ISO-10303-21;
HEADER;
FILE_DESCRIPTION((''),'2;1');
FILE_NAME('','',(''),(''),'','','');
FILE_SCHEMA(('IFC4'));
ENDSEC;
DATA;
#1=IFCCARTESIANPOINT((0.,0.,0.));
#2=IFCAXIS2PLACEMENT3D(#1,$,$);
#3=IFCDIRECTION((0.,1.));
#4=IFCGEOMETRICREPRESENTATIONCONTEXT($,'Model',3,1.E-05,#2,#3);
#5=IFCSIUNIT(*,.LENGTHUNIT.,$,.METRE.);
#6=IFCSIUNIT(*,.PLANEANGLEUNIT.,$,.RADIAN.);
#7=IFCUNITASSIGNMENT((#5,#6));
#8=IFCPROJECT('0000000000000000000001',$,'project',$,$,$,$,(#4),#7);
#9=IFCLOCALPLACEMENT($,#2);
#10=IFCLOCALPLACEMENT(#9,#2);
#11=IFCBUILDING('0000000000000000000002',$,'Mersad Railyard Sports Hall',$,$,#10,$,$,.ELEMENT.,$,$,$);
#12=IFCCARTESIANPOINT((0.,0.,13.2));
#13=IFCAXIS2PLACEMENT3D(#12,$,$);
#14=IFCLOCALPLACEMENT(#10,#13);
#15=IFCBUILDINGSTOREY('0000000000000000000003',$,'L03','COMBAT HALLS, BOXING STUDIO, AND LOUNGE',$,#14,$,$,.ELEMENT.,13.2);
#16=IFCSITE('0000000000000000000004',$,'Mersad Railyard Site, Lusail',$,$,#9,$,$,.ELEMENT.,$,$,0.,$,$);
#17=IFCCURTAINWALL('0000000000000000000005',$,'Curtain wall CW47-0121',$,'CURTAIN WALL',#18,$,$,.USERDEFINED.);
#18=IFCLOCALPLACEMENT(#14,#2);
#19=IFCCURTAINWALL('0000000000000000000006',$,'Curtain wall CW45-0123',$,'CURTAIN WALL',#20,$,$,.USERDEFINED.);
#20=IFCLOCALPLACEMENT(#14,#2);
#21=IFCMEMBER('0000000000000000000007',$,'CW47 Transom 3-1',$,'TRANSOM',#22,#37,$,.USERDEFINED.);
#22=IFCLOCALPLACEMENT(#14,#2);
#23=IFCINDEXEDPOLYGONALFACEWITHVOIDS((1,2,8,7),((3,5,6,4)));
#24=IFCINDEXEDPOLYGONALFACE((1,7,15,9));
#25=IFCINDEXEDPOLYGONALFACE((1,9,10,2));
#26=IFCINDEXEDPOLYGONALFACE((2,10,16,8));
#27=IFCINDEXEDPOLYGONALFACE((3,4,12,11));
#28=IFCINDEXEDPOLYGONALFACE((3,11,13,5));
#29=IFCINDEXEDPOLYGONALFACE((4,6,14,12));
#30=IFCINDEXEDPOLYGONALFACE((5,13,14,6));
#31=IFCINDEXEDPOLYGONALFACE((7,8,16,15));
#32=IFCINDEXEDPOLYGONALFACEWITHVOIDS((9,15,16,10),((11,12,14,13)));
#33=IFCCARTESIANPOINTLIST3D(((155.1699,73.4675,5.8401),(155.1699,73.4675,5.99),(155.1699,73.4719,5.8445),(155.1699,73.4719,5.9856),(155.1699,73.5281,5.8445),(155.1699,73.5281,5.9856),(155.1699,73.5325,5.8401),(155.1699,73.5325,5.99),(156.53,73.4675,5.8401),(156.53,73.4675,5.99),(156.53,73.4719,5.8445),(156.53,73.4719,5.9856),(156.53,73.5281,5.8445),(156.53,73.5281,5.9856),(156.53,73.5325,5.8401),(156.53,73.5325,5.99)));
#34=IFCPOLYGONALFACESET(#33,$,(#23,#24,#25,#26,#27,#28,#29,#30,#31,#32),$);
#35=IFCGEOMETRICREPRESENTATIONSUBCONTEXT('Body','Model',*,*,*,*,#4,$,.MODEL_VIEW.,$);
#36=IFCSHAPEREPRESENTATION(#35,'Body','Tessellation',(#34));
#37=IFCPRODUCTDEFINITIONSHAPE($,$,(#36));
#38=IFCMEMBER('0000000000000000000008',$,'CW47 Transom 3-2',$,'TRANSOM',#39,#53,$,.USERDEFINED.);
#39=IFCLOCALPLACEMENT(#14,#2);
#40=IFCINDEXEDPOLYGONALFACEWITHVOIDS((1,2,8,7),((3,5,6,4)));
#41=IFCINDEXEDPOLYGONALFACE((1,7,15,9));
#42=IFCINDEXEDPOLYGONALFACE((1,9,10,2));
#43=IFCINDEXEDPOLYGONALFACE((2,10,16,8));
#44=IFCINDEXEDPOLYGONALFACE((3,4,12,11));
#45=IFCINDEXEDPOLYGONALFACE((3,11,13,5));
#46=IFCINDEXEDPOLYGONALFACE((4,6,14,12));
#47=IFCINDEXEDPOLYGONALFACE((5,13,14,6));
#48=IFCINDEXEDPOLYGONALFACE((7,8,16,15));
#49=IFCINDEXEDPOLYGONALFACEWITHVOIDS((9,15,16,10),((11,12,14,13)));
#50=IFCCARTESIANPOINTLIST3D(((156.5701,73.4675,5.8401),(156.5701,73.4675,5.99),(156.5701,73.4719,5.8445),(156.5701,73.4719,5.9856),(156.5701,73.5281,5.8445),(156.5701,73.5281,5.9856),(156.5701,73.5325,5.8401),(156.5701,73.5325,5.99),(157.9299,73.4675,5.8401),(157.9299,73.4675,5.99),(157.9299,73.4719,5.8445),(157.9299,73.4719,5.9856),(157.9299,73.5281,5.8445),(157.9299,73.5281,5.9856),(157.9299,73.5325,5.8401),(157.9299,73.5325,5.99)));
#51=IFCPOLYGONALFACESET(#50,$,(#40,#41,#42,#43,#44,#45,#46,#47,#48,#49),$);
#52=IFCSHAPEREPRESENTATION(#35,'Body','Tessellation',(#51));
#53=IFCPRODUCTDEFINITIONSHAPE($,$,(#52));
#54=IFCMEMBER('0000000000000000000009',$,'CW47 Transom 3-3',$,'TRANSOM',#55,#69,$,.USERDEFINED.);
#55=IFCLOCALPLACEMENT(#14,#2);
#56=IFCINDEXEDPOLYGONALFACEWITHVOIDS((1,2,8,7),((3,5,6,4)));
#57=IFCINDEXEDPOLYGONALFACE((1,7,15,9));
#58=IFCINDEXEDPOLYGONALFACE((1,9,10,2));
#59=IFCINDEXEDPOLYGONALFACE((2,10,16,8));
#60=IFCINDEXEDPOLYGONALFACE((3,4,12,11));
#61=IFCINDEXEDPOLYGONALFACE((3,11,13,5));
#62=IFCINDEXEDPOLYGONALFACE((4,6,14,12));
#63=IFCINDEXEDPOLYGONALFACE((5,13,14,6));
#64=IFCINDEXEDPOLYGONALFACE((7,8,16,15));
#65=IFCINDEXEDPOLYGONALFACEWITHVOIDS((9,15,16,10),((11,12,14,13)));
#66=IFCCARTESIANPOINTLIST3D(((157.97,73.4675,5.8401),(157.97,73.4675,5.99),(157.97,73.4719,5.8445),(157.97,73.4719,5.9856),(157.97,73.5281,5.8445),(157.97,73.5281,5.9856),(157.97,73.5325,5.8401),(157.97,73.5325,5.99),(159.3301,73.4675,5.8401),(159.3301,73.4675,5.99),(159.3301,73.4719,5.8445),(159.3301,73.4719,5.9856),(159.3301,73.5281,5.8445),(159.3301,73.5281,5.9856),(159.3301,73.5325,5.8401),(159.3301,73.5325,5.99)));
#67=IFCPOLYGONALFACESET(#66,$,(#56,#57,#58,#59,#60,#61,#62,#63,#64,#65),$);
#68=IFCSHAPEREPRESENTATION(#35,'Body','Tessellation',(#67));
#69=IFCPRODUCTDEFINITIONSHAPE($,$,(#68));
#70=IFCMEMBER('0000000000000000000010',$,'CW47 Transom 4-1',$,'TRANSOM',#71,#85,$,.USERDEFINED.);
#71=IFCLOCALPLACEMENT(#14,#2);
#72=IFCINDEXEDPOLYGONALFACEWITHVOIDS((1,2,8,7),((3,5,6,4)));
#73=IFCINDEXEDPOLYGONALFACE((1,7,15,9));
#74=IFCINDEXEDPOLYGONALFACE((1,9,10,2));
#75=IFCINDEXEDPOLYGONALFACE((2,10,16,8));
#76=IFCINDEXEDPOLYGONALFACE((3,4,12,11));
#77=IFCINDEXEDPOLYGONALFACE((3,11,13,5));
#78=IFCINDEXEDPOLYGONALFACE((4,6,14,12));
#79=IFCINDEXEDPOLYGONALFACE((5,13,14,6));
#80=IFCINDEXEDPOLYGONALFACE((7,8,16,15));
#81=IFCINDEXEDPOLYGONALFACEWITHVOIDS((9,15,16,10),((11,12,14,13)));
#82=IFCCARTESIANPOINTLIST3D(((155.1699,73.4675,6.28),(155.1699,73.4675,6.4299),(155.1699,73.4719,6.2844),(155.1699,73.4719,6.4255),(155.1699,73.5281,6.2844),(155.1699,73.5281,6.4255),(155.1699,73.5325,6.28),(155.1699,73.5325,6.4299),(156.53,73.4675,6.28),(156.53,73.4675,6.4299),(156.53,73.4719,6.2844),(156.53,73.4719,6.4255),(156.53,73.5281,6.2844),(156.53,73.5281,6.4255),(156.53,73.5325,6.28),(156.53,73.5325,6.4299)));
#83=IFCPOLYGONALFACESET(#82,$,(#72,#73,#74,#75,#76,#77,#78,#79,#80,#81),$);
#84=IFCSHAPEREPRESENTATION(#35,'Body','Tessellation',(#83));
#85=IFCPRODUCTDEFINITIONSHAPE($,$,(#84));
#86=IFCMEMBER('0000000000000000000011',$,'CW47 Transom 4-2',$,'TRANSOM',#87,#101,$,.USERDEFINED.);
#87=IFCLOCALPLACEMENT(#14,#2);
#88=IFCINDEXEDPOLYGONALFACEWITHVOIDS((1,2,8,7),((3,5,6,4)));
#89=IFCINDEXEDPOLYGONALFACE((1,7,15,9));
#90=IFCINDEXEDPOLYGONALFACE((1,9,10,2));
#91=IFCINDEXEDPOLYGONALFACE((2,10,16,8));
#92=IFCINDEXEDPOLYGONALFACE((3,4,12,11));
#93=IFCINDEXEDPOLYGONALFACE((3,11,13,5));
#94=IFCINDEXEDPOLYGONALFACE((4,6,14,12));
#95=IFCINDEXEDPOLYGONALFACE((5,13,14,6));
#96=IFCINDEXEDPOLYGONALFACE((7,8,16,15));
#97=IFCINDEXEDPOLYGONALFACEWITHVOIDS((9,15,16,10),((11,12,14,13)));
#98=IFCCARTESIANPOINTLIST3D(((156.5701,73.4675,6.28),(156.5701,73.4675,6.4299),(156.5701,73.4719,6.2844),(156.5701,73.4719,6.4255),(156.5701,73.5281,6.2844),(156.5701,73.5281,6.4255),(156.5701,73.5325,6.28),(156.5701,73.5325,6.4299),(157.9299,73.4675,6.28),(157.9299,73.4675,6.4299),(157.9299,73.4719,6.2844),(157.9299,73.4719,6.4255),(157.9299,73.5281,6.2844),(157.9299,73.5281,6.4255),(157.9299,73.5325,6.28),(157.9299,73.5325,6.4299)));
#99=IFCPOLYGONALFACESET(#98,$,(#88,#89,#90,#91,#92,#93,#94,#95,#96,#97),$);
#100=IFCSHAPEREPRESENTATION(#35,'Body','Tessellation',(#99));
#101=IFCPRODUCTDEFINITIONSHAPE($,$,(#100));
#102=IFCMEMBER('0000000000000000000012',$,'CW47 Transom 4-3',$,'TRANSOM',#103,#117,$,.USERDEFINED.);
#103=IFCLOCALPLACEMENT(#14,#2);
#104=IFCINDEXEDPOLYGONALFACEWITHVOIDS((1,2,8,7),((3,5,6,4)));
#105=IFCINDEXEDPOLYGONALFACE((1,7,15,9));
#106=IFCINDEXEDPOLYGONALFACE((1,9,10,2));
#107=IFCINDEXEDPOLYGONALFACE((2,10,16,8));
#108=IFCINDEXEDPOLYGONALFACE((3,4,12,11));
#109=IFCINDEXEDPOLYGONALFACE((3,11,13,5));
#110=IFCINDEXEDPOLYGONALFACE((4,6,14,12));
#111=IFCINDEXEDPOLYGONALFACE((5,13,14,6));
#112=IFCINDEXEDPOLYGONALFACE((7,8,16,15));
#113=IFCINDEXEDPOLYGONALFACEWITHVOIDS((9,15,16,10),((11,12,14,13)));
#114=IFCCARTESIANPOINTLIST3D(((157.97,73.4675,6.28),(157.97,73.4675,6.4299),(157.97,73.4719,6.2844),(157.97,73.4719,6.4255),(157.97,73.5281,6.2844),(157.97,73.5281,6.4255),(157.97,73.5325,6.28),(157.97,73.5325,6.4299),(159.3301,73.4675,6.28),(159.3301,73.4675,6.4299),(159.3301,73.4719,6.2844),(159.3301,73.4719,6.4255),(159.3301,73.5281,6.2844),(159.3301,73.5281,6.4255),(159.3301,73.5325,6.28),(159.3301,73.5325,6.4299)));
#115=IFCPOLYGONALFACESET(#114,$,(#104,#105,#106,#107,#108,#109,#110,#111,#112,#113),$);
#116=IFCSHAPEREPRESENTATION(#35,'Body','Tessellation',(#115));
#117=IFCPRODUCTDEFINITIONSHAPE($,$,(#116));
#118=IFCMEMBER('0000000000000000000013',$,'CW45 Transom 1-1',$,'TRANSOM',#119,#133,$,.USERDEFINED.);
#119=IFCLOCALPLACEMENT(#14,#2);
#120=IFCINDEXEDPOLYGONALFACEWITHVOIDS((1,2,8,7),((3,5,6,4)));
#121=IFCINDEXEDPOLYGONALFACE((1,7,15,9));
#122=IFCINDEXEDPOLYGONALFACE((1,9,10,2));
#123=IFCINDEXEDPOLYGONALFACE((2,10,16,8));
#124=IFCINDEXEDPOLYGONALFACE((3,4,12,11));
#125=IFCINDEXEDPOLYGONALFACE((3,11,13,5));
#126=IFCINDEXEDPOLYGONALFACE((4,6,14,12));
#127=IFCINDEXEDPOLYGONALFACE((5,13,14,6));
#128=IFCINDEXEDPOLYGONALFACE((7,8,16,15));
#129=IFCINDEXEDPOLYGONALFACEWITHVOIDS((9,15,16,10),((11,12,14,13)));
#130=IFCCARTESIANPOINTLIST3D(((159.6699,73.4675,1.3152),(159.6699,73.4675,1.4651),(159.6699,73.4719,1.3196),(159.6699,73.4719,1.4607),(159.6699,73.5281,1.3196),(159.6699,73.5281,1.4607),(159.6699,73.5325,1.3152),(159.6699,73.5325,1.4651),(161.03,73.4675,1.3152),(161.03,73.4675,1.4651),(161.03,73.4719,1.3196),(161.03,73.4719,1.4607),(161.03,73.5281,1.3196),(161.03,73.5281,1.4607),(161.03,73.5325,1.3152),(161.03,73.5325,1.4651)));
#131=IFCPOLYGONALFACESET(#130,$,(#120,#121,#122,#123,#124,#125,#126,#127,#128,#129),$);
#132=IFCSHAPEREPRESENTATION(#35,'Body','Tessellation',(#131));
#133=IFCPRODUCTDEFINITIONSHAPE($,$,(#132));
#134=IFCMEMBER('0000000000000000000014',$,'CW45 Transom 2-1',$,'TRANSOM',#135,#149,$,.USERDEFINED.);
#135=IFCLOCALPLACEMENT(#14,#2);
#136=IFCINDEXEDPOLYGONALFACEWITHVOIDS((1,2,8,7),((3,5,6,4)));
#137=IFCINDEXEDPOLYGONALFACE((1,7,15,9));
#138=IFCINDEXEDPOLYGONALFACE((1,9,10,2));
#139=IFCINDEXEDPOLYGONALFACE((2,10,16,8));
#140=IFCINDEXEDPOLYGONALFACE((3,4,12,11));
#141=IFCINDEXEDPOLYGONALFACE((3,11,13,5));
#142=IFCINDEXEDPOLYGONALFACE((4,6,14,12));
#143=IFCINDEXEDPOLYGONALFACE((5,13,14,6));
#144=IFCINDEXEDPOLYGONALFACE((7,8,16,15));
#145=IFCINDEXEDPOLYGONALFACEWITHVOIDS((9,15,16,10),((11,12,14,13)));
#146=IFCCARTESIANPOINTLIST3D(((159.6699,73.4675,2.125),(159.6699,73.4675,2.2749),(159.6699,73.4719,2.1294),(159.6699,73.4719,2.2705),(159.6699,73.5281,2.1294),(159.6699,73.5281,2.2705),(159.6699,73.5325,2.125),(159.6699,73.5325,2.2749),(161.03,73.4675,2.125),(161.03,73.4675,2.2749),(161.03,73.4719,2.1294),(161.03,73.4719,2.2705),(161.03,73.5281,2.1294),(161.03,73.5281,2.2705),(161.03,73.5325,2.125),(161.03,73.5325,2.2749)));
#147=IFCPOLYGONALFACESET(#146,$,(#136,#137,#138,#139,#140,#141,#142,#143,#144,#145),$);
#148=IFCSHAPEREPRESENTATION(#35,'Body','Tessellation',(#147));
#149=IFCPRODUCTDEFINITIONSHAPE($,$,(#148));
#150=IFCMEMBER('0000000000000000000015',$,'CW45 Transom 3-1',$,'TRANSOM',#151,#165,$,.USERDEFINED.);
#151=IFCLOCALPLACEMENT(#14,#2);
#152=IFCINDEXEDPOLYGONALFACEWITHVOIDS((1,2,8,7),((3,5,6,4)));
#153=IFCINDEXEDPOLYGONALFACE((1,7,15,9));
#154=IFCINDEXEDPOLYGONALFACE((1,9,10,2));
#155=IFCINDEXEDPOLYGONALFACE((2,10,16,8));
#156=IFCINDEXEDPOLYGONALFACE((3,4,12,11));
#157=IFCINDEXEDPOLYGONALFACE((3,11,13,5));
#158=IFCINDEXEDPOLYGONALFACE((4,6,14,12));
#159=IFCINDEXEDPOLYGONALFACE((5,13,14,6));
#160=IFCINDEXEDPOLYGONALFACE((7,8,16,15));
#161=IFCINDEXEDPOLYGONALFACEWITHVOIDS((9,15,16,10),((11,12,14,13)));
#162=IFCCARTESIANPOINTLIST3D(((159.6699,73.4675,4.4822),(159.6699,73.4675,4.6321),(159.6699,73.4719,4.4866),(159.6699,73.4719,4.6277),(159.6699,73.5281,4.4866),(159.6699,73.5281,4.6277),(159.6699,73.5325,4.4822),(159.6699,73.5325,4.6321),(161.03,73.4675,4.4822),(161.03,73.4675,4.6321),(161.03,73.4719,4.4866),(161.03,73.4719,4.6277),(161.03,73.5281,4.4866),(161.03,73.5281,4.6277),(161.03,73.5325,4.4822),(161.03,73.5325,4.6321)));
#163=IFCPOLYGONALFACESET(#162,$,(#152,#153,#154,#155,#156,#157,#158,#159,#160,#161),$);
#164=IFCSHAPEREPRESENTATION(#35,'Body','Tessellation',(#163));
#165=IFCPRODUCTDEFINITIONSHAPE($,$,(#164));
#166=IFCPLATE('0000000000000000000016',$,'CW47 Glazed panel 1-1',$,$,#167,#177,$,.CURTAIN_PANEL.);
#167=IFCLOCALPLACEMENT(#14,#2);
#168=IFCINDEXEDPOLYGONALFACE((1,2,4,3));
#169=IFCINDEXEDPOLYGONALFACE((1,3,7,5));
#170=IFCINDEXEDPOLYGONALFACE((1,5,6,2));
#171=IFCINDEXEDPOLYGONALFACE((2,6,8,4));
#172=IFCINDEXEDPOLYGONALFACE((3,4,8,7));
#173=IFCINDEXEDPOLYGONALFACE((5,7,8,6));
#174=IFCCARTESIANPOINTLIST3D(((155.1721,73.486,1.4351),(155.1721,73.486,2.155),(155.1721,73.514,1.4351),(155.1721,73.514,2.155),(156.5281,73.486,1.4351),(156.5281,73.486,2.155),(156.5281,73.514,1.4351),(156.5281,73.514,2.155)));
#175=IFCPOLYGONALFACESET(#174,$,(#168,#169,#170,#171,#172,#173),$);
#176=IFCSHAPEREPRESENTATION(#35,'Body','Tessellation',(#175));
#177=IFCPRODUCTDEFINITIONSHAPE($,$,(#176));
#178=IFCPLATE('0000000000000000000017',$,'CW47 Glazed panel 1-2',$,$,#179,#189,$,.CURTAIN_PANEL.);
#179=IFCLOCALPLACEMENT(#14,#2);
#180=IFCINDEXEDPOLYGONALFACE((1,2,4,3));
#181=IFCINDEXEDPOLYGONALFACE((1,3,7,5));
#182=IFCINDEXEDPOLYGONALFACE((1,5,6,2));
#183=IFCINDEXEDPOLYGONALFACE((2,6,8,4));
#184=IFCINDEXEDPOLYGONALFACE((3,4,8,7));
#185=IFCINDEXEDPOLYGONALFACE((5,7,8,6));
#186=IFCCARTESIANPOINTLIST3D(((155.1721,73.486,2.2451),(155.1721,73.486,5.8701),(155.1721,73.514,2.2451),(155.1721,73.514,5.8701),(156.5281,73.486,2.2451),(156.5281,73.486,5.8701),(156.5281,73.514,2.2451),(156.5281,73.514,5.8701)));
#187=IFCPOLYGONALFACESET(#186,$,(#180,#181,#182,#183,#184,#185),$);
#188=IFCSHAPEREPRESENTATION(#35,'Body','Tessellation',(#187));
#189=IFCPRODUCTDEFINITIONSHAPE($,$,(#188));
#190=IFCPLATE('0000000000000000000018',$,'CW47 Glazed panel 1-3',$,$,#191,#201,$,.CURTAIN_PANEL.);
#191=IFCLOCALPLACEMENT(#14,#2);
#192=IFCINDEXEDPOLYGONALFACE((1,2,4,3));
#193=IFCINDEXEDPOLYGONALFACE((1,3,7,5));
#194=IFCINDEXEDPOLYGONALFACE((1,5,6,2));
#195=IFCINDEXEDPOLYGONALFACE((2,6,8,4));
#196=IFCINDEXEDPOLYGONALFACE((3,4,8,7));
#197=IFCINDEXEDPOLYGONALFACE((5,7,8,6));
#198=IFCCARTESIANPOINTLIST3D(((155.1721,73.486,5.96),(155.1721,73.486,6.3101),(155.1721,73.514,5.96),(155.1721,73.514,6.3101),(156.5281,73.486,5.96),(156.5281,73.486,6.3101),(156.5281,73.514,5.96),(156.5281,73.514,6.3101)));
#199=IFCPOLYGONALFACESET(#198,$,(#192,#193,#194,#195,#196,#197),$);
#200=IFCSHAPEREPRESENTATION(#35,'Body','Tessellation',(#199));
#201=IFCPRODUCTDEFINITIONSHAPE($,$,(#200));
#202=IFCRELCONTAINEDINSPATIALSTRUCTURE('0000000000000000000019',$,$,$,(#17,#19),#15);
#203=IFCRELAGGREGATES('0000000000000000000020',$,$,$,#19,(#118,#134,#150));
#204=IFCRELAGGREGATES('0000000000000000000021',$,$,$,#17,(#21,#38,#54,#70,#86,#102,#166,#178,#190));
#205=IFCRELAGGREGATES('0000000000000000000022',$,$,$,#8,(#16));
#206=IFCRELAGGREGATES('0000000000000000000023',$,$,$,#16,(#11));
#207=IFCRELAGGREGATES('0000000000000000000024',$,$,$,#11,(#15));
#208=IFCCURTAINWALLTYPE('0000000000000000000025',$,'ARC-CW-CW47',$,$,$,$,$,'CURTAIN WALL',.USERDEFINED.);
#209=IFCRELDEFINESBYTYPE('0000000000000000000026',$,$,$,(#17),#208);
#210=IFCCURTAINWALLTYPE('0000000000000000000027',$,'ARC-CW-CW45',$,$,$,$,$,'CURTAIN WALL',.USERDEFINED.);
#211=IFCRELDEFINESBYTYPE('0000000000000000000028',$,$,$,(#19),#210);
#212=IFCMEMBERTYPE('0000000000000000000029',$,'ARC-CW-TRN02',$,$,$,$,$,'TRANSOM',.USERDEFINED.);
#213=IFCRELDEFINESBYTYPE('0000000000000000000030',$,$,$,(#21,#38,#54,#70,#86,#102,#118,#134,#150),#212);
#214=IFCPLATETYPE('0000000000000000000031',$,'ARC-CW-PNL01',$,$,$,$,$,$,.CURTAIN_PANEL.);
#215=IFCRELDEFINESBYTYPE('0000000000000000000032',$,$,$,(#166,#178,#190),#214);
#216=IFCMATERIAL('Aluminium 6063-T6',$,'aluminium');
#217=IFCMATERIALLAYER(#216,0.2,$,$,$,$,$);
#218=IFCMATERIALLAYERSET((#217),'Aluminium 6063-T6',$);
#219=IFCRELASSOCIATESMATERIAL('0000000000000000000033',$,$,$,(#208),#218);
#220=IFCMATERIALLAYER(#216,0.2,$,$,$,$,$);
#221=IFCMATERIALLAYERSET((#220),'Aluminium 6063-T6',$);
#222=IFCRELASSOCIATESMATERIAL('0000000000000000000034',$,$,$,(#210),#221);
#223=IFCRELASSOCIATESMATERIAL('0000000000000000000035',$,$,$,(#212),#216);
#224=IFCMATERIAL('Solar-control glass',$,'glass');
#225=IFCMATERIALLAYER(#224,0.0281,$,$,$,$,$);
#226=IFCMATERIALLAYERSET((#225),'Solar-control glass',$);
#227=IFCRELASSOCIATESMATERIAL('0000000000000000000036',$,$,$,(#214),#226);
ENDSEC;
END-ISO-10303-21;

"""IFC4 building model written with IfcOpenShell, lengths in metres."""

from ifc_helpers import new_model, si_unit, direction, frame, origin, origin_2d, place, context, subcontext, project, spatial, rectangle, hollow_rectangle, extrude, material, layer, layer_set, material_profile, profile_set, type_object, element, aggregate, save


model = new_model("IFC4")

# Units and contexts
model_context = context("Model", 3, precision=1e-05, world=origin(), true_north=direction((0.0, 1.0)))
body_context = subcontext(model_context, "Body", "Model", "MODEL_VIEW")
ifc_project = project(units=[si_unit("LENGTHUNIT", "METRE"), si_unit("PLANEANGLEUNIT", "RADIAN")], contexts=[model_context])

# Site, building, storey
site_placement = place(None, origin())
site = spatial("IfcSite", under=ifc_project, at=site_placement, Name="Mersad Railyard Site, Lusail", CompositionType="ELEMENT", RefElevation=0.0)
building_placement = place(site_placement, origin())
building = spatial("IfcBuilding", under=site, at=building_placement, Name="Mersad Railyard Sports Hall", CompositionType="ELEMENT")
storey_placement = place(building_placement, frame((0.0, 0.0, 13.2)))
storey = spatial("IfcBuildingStorey", under=building, at=storey_placement, Name="L03", Description="COMBAT HALLS, BOXING STUDIO, AND LOUNGE", CompositionType="ELEMENT", Elevation=13.2)

# Curtain wall
ifc_material_1 = material(Name="Aluminium 6063-T6", Category="aluminium")
ifc_layer_1 = layer(ifc_material_1, 0.2)
ifc_layer_set_1 = layer_set([ifc_layer_1], Name="Aluminium 6063-T6")
curtain_wall_type_1 = type_object("IfcCurtainWallType", Name="ARC-CW-CW47", ElementType="CURTAIN WALL", PredefinedType="USERDEFINED", material=ifc_layer_set_1)
curtain_wall_1_placement = place(storey_placement, origin())
curtain_wall_1 = element("IfcCurtainWall", 1, at=curtain_wall_1_placement, inside=storey, type_object=curtain_wall_type_1, Name="Curtain wall CW47-0121", ObjectType="CURTAIN WALL", PredefinedType="USERDEFINED")

# Curtain wall
ifc_layer_2 = layer(ifc_material_1, 0.2)
ifc_layer_set_2 = layer_set([ifc_layer_2], Name="Aluminium 6063-T6")
curtain_wall_type_2 = type_object("IfcCurtainWallType", Name="ARC-CW-CW45", ElementType="CURTAIN WALL", PredefinedType="USERDEFINED", material=ifc_layer_set_2)
curtain_wall_2_placement = place(storey_placement, origin())
curtain_wall_2 = element("IfcCurtainWall", 2, at=curtain_wall_2_placement, inside=storey, type_object=curtain_wall_type_2, Name="Curtain wall CW45-0123", ObjectType="CURTAIN WALL", PredefinedType="USERDEFINED")

# Members
ifc_material_profile_1 = material_profile(ifc_material_1, hollow_rectangle(XDim=0.0649, YDim=0.1499, WallThickness=0.0044, at=origin_2d()), Name="AL TRANSOM 65x150x4.5")
ifc_profile_set_1 = profile_set([ifc_material_profile_1], Name="Aluminium 6063-T6")
member_type_1 = type_object("IfcMemberType", Name="ARC-CW-TRN02", ElementType="TRANSOM", PredefinedType="USERDEFINED", material=ifc_profile_set_1)
member_1_placement = place(storey_placement, frame((155.1699, 73.5, 5.915), z_axis=(1.0, 0.0, 0.0), x_axis=(0.0, 1.0, 0.0)))
member_1 = element("IfcMember", 3, at=member_1_placement, type_object=member_type_1, Name="CW47 Transom 3-1", ObjectType="TRANSOM", PredefinedType="USERDEFINED", context=body_context, shape_type="SweptSolid", body=[
    extrude(hollow_rectangle(XDim=0.0649, YDim=0.1499, WallThickness=0.0044, at=origin_2d()), origin(), (0.0, 0.0, 1.0), 1.3601),
])
member_2_placement = place(storey_placement, frame((156.5701, 73.5, 5.915), z_axis=(1.0, 0.0, 0.0), x_axis=(0.0, 1.0, 0.0)))
member_2 = element("IfcMember", 4, at=member_2_placement, type_object=member_type_1, Name="CW47 Transom 3-2", ObjectType="TRANSOM", PredefinedType="USERDEFINED", context=body_context, shape_type="SweptSolid", body=[
    extrude(hollow_rectangle(XDim=0.0649, YDim=0.1499, WallThickness=0.0044, at=origin_2d()), origin(), (0.0, 0.0, 1.0), 1.3599),
])
member_3_placement = place(storey_placement, frame((157.97, 73.5, 5.915), z_axis=(1.0, 0.0, 0.0), x_axis=(0.0, 1.0, 0.0)))
member_3 = element("IfcMember", 5, at=member_3_placement, type_object=member_type_1, Name="CW47 Transom 3-3", ObjectType="TRANSOM", PredefinedType="USERDEFINED", context=body_context, shape_type="SweptSolid", body=[
    extrude(hollow_rectangle(XDim=0.0649, YDim=0.1499, WallThickness=0.0044, at=origin_2d()), origin(), (0.0, 0.0, 1.0), 1.3601),
])
member_4_placement = place(storey_placement, frame((155.1699, 73.5, 6.355), z_axis=(1.0, 0.0, 0.0), x_axis=(0.0, 1.0, 0.0)))
member_4 = element("IfcMember", 6, at=member_4_placement, type_object=member_type_1, Name="CW47 Transom 4-1", ObjectType="TRANSOM", PredefinedType="USERDEFINED", context=body_context, shape_type="SweptSolid", body=[
    extrude(hollow_rectangle(XDim=0.0649, YDim=0.1499, WallThickness=0.0044, at=origin_2d()), origin(), (0.0, 0.0, 1.0), 1.3601),
])
member_5_placement = place(storey_placement, frame((156.5701, 73.5, 6.355), z_axis=(1.0, 0.0, 0.0), x_axis=(0.0, 1.0, 0.0)))
member_5 = element("IfcMember", 7, at=member_5_placement, type_object=member_type_1, Name="CW47 Transom 4-2", ObjectType="TRANSOM", PredefinedType="USERDEFINED", context=body_context, shape_type="SweptSolid", body=[
    extrude(hollow_rectangle(XDim=0.0649, YDim=0.1499, WallThickness=0.0044, at=origin_2d()), origin(), (0.0, 0.0, 1.0), 1.3599),
])
member_6_placement = place(storey_placement, frame((157.97, 73.5, 6.355), z_axis=(1.0, 0.0, 0.0), x_axis=(0.0, 1.0, 0.0)))
member_6 = element("IfcMember", 8, at=member_6_placement, type_object=member_type_1, Name="CW47 Transom 4-3", ObjectType="TRANSOM", PredefinedType="USERDEFINED", context=body_context, shape_type="SweptSolid", body=[
    extrude(hollow_rectangle(XDim=0.0649, YDim=0.1499, WallThickness=0.0044, at=origin_2d()), origin(), (0.0, 0.0, 1.0), 1.3601),
])
member_7_placement = place(storey_placement, frame((159.6699, 73.5, 1.3901), z_axis=(1.0, 0.0, 0.0), x_axis=(0.0, 1.0, 0.0)))
member_7 = element("IfcMember", 9, at=member_7_placement, type_object=member_type_1, Name="CW45 Transom 1-1", ObjectType="TRANSOM", PredefinedType="USERDEFINED", context=body_context, shape_type="SweptSolid", body=[
    extrude(hollow_rectangle(XDim=0.0649, YDim=0.1499, WallThickness=0.0044, at=origin_2d()), origin(), (0.0, 0.0, 1.0), 1.3601),
])
member_8_placement = place(storey_placement, frame((159.6699, 73.5, 2.2), z_axis=(1.0, 0.0, 0.0), x_axis=(0.0, 1.0, 0.0)))
member_8 = element("IfcMember", 10, at=member_8_placement, type_object=member_type_1, Name="CW45 Transom 2-1", ObjectType="TRANSOM", PredefinedType="USERDEFINED", context=body_context, shape_type="SweptSolid", body=[
    extrude(hollow_rectangle(XDim=0.0649, YDim=0.1499, WallThickness=0.0044, at=origin_2d()), origin(), (0.0, 0.0, 1.0), 1.3601),
])
member_9_placement = place(storey_placement, frame((159.6699, 73.5, 4.5571), z_axis=(1.0, 0.0, 0.0), x_axis=(0.0, 1.0, 0.0)))
member_9 = element("IfcMember", 11, at=member_9_placement, type_object=member_type_1, Name="CW45 Transom 3-1", ObjectType="TRANSOM", PredefinedType="USERDEFINED", context=body_context, shape_type="SweptSolid", body=[
    extrude(hollow_rectangle(XDim=0.0649, YDim=0.1499, WallThickness=0.0044, at=origin_2d()), origin(), (0.0, 0.0, 1.0), 1.3601),
])
aggregate(curtain_wall_2, [member_7, member_8, member_9])

# Plates
ifc_material_2 = material(Name="Solar-control glass", Category="glass")
ifc_layer_3 = layer(ifc_material_2, 0.0281)
ifc_layer_set_3 = layer_set([ifc_layer_3], Name="Solar-control glass")
plate_type = type_object("IfcPlateType", Name="ARC-CW-PNL01", PredefinedType="CURTAIN_PANEL", material=ifc_layer_set_3)
plate_1_placement = place(storey_placement, frame((155.8501, 73.5, 1.4351), z_axis=(0.0, 0.0, 1.0), x_axis=(1.0, 0.0, 0.0)))
plate_1 = element("IfcPlate", 12, at=plate_1_placement, type_object=plate_type, Name="CW47 Glazed panel 1-1", PredefinedType="CURTAIN_PANEL", context=body_context, shape_type="SweptSolid", body=[
    extrude(rectangle(XDim=1.356, YDim=0.0281, at=origin_2d()), origin(), (0.0, 0.0, 1.0), 0.72),
])
plate_2_placement = place(storey_placement, frame((155.8501, 73.5, 2.2451), z_axis=(0.0, 0.0, 1.0), x_axis=(1.0, 0.0, 0.0)))
plate_2 = element("IfcPlate", 13, at=plate_2_placement, type_object=plate_type, Name="CW47 Glazed panel 1-2", PredefinedType="CURTAIN_PANEL", context=body_context, shape_type="SweptSolid", body=[
    extrude(rectangle(XDim=1.356, YDim=0.0281, at=origin_2d()), origin(), (0.0, 0.0, 1.0), 3.625),
])
plate_3_placement = place(storey_placement, frame((155.8501, 73.5, 5.96), z_axis=(0.0, 0.0, 1.0), x_axis=(1.0, 0.0, 0.0)))
plate_3 = element("IfcPlate", 14, at=plate_3_placement, type_object=plate_type, Name="CW47 Glazed panel 1-3", PredefinedType="CURTAIN_PANEL", context=body_context, shape_type="SweptSolid", body=[
    extrude(rectangle(XDim=1.356, YDim=0.0281, at=origin_2d()), origin(), (0.0, 0.0, 1.0), 0.3501),
])
aggregate(curtain_wall_1, [member_1, member_2, member_3, member_4, member_5, member_6, plate_1, plate_2, plate_3])

save(model, "model.ifc")
